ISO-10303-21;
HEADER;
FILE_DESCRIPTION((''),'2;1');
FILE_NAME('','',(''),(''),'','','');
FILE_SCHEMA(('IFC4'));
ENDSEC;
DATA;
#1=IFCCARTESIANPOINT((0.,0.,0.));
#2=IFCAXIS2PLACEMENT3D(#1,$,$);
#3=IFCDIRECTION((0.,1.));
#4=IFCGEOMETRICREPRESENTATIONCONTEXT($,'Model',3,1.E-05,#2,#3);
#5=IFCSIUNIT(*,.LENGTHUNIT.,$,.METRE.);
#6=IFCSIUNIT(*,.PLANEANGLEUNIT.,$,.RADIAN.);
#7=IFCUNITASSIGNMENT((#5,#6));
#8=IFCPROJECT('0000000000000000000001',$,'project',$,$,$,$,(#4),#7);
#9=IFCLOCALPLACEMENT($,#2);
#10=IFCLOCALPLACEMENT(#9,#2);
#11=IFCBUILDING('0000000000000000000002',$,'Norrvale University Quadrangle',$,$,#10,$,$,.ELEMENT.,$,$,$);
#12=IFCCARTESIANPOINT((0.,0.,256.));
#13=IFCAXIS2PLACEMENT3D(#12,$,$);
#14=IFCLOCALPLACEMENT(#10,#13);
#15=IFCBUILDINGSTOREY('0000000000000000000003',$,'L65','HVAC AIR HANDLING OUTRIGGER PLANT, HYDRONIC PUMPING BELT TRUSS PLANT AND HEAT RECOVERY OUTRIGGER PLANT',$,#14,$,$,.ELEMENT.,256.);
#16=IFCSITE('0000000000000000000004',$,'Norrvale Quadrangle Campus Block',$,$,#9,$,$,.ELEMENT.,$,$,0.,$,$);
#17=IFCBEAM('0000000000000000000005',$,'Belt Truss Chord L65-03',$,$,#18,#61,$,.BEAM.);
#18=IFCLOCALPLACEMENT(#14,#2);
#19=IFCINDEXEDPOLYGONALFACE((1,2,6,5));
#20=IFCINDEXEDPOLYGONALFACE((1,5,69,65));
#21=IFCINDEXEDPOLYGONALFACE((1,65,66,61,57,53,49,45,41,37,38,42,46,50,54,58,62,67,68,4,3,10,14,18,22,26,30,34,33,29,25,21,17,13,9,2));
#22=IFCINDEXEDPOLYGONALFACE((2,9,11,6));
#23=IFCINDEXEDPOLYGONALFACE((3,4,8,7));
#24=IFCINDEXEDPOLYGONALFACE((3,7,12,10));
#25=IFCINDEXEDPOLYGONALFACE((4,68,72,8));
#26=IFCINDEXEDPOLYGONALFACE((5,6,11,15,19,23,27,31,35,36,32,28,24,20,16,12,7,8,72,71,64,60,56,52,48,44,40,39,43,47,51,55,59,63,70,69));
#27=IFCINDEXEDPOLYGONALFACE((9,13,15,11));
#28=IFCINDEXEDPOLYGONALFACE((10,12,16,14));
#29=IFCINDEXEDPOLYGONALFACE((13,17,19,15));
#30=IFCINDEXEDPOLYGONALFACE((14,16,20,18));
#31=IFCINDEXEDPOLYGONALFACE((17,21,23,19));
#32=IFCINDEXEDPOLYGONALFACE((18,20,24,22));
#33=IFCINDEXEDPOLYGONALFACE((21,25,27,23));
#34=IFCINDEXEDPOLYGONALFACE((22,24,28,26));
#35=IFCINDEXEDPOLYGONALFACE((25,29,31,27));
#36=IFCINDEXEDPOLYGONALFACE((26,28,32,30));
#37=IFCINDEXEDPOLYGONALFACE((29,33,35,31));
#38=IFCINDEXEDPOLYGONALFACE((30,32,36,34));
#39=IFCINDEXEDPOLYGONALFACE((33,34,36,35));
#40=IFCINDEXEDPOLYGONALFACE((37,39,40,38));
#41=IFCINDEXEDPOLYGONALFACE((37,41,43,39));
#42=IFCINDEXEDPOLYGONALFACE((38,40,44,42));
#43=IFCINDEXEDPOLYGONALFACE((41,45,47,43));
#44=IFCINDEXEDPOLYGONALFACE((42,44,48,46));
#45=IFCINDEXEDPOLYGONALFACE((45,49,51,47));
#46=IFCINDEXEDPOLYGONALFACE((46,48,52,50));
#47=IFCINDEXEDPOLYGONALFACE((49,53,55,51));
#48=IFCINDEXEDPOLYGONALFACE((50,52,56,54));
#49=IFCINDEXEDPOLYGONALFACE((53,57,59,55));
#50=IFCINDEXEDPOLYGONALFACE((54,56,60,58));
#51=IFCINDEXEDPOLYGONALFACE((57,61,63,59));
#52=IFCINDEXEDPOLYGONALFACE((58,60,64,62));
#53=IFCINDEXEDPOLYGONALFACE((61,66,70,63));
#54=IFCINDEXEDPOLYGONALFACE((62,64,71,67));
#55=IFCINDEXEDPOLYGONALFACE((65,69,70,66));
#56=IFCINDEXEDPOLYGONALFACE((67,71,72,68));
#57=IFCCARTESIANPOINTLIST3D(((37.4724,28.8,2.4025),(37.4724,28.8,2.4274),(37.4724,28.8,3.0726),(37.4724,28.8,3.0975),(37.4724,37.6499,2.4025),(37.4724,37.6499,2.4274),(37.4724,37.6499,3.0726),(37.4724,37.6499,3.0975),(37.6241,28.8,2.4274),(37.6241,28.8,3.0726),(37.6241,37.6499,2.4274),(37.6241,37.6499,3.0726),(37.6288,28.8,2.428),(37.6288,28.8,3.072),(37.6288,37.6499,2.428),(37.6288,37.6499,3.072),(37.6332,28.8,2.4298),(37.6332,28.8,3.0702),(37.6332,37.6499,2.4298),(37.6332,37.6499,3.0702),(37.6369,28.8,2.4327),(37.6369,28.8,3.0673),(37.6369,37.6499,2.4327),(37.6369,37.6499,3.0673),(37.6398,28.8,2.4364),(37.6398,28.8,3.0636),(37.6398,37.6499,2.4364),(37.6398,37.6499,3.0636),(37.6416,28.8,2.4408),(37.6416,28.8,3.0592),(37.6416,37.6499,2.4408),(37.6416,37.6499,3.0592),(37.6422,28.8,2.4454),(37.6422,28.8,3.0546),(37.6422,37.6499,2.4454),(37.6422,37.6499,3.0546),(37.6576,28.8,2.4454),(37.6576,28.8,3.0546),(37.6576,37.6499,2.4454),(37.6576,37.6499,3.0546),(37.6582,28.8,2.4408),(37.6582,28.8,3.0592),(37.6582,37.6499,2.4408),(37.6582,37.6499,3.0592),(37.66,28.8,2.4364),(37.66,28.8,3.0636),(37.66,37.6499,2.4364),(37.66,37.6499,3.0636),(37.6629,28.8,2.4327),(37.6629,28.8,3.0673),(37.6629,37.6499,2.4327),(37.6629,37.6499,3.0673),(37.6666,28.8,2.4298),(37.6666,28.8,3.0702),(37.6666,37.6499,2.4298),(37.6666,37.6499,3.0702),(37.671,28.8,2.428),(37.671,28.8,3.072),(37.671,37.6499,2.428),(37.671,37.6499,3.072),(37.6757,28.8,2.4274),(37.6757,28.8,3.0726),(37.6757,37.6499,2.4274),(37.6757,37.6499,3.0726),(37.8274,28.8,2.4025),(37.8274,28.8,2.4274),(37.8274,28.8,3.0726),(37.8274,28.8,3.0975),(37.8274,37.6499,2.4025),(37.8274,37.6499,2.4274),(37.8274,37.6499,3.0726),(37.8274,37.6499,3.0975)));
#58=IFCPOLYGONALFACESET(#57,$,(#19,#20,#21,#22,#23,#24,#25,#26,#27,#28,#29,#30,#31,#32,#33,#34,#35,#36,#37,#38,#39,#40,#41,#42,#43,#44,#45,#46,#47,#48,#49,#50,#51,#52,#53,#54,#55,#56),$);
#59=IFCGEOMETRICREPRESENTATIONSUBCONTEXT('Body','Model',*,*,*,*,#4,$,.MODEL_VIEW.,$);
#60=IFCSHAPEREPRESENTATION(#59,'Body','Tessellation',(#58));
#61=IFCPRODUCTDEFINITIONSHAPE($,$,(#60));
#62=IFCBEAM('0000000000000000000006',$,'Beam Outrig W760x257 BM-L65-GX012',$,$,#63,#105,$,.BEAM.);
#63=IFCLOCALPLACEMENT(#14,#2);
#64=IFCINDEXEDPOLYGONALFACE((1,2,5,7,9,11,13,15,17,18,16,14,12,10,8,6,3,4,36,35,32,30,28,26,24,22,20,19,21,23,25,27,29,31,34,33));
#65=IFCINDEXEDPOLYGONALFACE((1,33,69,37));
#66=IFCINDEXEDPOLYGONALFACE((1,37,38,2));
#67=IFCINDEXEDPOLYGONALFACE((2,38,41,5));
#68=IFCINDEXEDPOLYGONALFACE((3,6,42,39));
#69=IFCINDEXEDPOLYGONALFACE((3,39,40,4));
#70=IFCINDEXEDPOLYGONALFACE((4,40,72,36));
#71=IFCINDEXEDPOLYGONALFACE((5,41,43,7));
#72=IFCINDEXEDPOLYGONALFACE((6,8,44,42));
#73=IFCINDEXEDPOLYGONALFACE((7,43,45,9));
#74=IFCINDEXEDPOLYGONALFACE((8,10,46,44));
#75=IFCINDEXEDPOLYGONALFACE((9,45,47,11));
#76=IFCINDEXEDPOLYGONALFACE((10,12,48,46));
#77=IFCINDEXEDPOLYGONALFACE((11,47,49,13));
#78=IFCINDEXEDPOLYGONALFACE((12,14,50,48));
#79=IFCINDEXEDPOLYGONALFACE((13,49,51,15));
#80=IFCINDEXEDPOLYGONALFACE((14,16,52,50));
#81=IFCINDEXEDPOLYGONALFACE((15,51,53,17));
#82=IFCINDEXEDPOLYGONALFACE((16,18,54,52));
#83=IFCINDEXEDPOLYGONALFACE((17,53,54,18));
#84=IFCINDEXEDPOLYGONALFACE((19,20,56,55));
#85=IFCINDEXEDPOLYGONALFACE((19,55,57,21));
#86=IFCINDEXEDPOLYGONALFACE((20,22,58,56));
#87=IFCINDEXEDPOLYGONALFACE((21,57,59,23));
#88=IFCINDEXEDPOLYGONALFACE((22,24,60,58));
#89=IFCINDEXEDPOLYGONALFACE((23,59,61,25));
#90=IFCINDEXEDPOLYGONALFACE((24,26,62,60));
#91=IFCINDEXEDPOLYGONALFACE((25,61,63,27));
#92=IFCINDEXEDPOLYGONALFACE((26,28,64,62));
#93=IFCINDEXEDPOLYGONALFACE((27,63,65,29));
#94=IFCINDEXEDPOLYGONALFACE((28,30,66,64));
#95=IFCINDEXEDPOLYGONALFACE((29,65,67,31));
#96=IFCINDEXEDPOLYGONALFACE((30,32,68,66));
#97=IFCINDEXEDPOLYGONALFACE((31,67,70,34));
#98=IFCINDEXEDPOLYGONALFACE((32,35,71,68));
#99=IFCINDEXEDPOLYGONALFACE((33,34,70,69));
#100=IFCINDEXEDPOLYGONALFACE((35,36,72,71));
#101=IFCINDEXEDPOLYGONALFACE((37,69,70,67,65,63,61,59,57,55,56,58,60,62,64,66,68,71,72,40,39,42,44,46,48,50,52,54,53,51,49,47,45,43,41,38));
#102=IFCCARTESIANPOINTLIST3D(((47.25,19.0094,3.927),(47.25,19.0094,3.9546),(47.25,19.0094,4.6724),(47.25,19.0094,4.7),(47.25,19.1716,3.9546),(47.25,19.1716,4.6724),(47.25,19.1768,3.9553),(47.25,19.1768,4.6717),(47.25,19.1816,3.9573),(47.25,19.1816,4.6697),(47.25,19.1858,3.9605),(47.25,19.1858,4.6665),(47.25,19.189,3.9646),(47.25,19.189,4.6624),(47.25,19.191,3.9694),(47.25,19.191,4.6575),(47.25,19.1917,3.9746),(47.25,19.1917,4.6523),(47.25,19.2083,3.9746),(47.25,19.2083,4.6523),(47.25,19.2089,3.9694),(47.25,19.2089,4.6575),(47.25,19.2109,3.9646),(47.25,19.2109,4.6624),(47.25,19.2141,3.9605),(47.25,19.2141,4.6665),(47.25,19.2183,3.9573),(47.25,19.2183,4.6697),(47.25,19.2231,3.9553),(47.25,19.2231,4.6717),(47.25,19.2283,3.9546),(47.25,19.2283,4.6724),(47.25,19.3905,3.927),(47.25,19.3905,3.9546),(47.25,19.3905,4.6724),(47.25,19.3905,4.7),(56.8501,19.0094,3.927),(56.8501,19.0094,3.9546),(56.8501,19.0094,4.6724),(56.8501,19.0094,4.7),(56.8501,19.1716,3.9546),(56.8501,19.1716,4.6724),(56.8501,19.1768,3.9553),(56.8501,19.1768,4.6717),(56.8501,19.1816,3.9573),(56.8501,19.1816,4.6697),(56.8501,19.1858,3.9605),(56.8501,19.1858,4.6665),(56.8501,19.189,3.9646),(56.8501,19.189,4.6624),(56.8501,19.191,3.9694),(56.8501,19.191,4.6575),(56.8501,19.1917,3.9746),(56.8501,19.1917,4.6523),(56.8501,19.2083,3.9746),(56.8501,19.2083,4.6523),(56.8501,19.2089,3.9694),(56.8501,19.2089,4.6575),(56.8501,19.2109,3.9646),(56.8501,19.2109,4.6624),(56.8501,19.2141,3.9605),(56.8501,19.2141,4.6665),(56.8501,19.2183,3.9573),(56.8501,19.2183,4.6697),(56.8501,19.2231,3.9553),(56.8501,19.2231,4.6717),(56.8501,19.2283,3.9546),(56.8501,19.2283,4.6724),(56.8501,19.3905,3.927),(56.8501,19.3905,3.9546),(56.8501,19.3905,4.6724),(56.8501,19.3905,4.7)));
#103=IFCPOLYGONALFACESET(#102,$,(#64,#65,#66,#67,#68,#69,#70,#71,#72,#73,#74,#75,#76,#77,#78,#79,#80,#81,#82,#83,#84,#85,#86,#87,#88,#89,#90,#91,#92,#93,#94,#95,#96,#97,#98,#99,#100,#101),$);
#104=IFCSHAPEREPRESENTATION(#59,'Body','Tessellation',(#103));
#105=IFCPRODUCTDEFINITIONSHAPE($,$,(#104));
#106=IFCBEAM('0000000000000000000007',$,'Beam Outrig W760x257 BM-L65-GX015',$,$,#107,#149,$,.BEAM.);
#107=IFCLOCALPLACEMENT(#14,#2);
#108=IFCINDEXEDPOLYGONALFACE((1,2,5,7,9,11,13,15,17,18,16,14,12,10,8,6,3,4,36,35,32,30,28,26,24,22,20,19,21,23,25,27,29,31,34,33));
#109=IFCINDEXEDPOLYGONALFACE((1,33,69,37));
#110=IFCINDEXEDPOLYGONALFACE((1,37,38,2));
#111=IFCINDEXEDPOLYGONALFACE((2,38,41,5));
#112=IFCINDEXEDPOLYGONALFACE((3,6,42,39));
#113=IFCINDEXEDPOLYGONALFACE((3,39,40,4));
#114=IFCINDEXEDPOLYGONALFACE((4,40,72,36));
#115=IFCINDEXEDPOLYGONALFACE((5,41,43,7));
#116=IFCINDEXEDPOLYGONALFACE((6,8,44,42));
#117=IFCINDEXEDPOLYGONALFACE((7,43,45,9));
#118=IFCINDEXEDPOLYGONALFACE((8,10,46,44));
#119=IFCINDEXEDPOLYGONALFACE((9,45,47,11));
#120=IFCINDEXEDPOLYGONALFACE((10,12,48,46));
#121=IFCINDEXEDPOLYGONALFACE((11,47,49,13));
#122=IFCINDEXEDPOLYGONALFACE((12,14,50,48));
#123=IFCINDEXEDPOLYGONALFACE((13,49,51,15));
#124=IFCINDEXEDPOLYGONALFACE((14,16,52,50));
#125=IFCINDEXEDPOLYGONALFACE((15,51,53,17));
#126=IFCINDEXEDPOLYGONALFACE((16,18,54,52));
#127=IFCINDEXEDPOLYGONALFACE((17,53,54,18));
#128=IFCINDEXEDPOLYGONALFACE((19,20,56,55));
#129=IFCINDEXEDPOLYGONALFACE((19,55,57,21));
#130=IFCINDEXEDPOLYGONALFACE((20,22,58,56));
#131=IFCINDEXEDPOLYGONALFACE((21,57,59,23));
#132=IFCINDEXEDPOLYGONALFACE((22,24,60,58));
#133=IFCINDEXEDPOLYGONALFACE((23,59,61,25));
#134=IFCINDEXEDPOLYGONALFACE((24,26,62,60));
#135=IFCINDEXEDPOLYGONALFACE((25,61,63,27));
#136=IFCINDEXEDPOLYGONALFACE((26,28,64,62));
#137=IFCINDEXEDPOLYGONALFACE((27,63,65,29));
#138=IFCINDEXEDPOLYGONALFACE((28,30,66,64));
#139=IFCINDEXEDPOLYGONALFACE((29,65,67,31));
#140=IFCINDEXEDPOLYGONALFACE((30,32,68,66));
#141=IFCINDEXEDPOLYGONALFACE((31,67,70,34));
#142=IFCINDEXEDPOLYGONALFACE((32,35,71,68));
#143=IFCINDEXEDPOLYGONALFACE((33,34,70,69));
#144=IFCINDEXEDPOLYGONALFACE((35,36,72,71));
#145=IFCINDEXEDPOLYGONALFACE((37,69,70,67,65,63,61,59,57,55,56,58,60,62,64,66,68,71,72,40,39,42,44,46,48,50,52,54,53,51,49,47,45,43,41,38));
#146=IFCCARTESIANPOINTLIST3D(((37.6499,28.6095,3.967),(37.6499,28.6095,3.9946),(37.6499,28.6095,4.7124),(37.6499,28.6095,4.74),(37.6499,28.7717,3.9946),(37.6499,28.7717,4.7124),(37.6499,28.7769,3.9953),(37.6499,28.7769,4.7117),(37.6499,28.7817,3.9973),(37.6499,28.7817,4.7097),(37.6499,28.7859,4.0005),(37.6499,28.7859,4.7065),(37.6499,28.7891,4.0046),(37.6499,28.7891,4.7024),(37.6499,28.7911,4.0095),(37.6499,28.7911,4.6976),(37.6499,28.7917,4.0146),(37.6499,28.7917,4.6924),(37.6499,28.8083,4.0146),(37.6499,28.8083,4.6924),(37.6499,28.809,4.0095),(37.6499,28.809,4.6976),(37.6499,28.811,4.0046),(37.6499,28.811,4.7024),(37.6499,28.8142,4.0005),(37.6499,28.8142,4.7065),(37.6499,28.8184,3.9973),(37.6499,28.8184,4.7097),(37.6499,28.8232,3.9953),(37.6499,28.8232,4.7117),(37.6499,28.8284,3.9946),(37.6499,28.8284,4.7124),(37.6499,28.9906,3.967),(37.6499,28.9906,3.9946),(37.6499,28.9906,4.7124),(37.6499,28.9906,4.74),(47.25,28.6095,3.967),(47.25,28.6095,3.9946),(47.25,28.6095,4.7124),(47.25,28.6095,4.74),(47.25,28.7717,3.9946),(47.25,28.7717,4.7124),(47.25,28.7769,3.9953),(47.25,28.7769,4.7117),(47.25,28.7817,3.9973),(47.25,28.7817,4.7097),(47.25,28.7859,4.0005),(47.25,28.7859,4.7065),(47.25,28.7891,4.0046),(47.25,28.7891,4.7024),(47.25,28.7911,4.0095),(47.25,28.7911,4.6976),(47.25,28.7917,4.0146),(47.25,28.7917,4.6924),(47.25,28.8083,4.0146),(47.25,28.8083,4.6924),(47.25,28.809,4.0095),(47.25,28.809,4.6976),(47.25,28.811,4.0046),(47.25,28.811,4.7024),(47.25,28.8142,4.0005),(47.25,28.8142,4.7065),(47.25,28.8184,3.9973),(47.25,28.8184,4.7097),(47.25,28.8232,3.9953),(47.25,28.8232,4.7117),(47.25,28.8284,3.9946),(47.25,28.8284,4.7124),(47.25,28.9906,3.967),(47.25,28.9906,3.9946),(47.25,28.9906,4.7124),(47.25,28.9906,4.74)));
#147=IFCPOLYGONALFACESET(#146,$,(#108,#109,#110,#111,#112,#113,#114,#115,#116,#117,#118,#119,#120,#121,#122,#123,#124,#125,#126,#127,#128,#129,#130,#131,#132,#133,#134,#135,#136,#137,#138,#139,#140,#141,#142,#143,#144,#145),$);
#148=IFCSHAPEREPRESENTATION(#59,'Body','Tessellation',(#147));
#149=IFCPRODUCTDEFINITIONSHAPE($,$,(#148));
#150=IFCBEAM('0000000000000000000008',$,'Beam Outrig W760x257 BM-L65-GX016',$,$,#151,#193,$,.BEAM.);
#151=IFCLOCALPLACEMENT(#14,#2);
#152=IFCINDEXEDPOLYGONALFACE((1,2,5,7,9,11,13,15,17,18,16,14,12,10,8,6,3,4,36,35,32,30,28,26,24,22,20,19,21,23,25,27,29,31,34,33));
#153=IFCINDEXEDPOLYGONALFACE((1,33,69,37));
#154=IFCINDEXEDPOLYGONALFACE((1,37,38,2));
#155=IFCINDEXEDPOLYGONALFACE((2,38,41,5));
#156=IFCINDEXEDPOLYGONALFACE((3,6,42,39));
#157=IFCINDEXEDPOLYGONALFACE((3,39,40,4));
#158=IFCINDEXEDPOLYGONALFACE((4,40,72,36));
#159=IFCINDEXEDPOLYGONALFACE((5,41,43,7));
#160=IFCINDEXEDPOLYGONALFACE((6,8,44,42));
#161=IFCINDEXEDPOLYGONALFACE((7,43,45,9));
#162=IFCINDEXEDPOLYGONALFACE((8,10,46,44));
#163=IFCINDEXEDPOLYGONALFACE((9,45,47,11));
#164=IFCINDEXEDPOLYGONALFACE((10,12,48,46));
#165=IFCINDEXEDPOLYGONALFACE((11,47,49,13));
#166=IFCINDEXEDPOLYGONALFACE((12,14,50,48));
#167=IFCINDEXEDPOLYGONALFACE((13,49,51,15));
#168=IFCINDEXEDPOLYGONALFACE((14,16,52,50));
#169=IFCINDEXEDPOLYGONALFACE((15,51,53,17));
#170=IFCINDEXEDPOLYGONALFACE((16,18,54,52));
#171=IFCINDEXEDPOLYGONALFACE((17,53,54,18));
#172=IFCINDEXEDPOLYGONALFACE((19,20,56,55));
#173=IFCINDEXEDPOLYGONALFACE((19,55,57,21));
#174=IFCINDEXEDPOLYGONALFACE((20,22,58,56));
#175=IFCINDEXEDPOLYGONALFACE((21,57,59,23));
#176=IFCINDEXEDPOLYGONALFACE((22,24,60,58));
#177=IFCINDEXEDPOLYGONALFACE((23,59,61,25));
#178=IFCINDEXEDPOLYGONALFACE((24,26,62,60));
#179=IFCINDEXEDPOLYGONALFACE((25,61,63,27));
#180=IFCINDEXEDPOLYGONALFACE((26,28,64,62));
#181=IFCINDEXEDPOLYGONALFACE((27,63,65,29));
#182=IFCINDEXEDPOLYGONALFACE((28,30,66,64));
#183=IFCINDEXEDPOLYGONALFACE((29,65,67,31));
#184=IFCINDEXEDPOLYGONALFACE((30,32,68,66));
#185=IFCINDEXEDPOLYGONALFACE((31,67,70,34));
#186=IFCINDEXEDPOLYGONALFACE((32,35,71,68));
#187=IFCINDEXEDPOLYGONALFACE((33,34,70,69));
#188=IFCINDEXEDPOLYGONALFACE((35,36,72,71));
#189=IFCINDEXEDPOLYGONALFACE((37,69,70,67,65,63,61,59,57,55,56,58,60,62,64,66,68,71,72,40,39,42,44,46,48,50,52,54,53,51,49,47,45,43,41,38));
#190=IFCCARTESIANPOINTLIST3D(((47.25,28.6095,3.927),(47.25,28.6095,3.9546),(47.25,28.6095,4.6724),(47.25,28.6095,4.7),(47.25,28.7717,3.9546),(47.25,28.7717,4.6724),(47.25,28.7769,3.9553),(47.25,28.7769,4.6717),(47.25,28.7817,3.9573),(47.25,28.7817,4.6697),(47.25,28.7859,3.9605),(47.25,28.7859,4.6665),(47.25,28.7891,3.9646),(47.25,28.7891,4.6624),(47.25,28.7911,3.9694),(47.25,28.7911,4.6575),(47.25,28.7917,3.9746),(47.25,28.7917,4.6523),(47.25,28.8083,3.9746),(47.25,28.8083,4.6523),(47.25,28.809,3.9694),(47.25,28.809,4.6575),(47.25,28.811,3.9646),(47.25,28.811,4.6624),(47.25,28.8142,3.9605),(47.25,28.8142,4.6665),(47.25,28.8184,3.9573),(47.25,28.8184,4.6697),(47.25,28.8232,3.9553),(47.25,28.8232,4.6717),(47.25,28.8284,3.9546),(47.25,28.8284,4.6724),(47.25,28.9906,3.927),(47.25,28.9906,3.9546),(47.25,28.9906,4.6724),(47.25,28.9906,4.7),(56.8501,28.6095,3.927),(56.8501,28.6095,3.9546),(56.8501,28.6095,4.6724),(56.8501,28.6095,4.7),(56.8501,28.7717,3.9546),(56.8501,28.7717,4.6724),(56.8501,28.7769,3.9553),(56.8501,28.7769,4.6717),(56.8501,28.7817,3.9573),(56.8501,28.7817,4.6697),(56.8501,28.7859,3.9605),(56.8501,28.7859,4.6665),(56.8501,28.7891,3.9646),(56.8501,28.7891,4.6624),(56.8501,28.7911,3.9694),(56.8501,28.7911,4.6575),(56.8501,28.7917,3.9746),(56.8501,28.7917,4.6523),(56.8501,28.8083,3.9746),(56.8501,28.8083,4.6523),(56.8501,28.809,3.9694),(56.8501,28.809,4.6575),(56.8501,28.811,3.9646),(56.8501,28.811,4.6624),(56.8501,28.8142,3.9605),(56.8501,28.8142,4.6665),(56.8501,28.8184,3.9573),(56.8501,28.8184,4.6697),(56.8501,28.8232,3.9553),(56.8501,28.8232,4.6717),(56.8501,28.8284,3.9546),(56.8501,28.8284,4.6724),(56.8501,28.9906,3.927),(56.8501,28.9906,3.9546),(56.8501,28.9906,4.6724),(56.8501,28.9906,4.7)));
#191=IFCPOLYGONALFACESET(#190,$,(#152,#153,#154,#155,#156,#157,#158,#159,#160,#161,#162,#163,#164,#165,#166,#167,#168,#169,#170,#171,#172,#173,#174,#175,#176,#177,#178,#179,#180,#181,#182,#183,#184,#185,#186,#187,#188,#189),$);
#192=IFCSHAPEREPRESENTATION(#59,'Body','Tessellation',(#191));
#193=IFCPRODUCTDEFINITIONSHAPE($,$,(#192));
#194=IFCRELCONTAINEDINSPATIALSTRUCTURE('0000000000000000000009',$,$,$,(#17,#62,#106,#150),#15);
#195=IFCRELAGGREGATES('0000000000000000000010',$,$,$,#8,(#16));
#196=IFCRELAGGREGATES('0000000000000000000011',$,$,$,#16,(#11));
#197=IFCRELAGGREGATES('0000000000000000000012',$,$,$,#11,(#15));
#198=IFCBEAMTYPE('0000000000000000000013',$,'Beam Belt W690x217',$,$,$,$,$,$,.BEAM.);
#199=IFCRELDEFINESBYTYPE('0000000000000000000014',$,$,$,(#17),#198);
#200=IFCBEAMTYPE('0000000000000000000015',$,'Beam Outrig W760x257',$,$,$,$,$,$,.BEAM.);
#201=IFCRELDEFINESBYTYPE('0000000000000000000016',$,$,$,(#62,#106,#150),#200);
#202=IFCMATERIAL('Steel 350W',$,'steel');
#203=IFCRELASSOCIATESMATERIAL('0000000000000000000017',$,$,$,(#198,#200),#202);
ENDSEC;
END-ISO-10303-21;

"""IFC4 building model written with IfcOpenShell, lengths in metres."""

from ifc_helpers import new_model, si_unit, direction, frame, origin, origin_2d, place, context, subcontext, project, spatial, i_section, extrude, material, material_profile, profile_set, type_object, element, save


model = new_model("IFC4")

# Units and contexts
model_context = context("Model", 3, precision=1e-05, world=origin(), true_north=direction((0.0, 1.0)))
body_context = subcontext(model_context, "Body", "Model", "MODEL_VIEW")
ifc_project = project(units=[si_unit("LENGTHUNIT", "METRE"), si_unit("PLANEANGLEUNIT", "RADIAN")], contexts=[model_context])

# Site, building, storey
site_placement = place(None, origin())
site = spatial("IfcSite", under=ifc_project, at=site_placement, Name="Norrvale Quadrangle Campus Block", CompositionType="ELEMENT", RefElevation=0.0)
building_placement = place(site_placement, origin())
building = spatial("IfcBuilding", under=site, at=building_placement, Name="Norrvale University Quadrangle", CompositionType="ELEMENT")
storey_placement = place(building_placement, frame((0.0, 0.0, 256.0)))
storey = spatial("IfcBuildingStorey", under=building, at=storey_placement, Name="L65", Description="HVAC AIR HANDLING OUTRIGGER PLANT, HYDRONIC PUMPING BELT TRUSS PLANT AND HEAT RECOVERY OUTRIGGER PLANT", CompositionType="ELEMENT", Elevation=256.0)

# Beams
ifc_material_1 = material(Name="Steel 350W", Category="steel")
ifc_material_profile_1 = material_profile(ifc_material_1, i_section(OverallWidth=0.355, OverallDepth=0.6951, WebThickness=0.0154, FlangeThickness=0.0249, FilletRadius=0.0181, at=origin_2d()), Name="Steel 350W")
ifc_profile_set_1 = profile_set([ifc_material_profile_1], Name="Steel 350W")
beam_type_1 = type_object("IfcBeamType", Name="Beam Belt W690x217", PredefinedType="BEAM", material=ifc_profile_set_1)
beam_1_placement = place(storey_placement, frame((37.6499, 28.8, 2.75), z_axis=(0.0, 1.0, 0.0), x_axis=(-1.0, 0.0, 0.0)))
element("IfcBeam", 1, at=beam_1_placement, inside=storey, type_object=beam_type_1, Name="Belt Truss Chord L65-03", PredefinedType="BEAM", context=body_context, shape_type="SweptSolid", body=[
    extrude(i_section(OverallWidth=0.355, OverallDepth=0.6951, WebThickness=0.0154, FlangeThickness=0.0249, FilletRadius=0.0181, at=origin_2d()), origin(), (0.0, 0.0, 1.0), 8.8499),
])
ifc_material_profile_2 = material_profile(ifc_material_1, i_section(OverallWidth=0.3811, OverallDepth=0.7729, WebThickness=0.0166, FlangeThickness=0.0276, FilletRadius=0.02, at=origin_2d()), Name="Steel 350W")
ifc_profile_set_2 = profile_set([ifc_material_profile_2], Name="Steel 350W")
beam_type_2 = type_object("IfcBeamType", Name="Beam Outrig W760x257", PredefinedType="BEAM", material=ifc_profile_set_2)
for number, where, z_axis, x_axis, name in (
    (2, (47.25, 19.2, 4.3135), (1.0, 0.0, 0.0), (0.0, 1.0, 0.0), "Beam Outrig W760x257 BM-L65-GX012"),
    (3, (37.6499, 28.8, 4.3535), (1.0, 0.0, 0.0), (0.0, 1.0, 0.0), "Beam Outrig W760x257 BM-L65-GX015"),
    (4, (47.25, 28.8, 4.3135), (1.0, 0.0, 0.0), (0.0, 1.0, 0.0), "Beam Outrig W760x257 BM-L65-GX016"),
):
    element("IfcBeam", number, at=place(storey_placement, frame(where, z_axis=z_axis, x_axis=x_axis)), inside=storey, type_object=beam_type_2, Name=name, PredefinedType="BEAM", context=body_context, shape_type="SweptSolid", body=[
        extrude(i_section(OverallWidth=0.3811, OverallDepth=0.7729, WebThickness=0.0166, FlangeThickness=0.0276, FilletRadius=0.02, at=origin_2d()), origin(), (0.0, 0.0, 1.0), 9.6001),
    ])

save(model, "model.ifc")
